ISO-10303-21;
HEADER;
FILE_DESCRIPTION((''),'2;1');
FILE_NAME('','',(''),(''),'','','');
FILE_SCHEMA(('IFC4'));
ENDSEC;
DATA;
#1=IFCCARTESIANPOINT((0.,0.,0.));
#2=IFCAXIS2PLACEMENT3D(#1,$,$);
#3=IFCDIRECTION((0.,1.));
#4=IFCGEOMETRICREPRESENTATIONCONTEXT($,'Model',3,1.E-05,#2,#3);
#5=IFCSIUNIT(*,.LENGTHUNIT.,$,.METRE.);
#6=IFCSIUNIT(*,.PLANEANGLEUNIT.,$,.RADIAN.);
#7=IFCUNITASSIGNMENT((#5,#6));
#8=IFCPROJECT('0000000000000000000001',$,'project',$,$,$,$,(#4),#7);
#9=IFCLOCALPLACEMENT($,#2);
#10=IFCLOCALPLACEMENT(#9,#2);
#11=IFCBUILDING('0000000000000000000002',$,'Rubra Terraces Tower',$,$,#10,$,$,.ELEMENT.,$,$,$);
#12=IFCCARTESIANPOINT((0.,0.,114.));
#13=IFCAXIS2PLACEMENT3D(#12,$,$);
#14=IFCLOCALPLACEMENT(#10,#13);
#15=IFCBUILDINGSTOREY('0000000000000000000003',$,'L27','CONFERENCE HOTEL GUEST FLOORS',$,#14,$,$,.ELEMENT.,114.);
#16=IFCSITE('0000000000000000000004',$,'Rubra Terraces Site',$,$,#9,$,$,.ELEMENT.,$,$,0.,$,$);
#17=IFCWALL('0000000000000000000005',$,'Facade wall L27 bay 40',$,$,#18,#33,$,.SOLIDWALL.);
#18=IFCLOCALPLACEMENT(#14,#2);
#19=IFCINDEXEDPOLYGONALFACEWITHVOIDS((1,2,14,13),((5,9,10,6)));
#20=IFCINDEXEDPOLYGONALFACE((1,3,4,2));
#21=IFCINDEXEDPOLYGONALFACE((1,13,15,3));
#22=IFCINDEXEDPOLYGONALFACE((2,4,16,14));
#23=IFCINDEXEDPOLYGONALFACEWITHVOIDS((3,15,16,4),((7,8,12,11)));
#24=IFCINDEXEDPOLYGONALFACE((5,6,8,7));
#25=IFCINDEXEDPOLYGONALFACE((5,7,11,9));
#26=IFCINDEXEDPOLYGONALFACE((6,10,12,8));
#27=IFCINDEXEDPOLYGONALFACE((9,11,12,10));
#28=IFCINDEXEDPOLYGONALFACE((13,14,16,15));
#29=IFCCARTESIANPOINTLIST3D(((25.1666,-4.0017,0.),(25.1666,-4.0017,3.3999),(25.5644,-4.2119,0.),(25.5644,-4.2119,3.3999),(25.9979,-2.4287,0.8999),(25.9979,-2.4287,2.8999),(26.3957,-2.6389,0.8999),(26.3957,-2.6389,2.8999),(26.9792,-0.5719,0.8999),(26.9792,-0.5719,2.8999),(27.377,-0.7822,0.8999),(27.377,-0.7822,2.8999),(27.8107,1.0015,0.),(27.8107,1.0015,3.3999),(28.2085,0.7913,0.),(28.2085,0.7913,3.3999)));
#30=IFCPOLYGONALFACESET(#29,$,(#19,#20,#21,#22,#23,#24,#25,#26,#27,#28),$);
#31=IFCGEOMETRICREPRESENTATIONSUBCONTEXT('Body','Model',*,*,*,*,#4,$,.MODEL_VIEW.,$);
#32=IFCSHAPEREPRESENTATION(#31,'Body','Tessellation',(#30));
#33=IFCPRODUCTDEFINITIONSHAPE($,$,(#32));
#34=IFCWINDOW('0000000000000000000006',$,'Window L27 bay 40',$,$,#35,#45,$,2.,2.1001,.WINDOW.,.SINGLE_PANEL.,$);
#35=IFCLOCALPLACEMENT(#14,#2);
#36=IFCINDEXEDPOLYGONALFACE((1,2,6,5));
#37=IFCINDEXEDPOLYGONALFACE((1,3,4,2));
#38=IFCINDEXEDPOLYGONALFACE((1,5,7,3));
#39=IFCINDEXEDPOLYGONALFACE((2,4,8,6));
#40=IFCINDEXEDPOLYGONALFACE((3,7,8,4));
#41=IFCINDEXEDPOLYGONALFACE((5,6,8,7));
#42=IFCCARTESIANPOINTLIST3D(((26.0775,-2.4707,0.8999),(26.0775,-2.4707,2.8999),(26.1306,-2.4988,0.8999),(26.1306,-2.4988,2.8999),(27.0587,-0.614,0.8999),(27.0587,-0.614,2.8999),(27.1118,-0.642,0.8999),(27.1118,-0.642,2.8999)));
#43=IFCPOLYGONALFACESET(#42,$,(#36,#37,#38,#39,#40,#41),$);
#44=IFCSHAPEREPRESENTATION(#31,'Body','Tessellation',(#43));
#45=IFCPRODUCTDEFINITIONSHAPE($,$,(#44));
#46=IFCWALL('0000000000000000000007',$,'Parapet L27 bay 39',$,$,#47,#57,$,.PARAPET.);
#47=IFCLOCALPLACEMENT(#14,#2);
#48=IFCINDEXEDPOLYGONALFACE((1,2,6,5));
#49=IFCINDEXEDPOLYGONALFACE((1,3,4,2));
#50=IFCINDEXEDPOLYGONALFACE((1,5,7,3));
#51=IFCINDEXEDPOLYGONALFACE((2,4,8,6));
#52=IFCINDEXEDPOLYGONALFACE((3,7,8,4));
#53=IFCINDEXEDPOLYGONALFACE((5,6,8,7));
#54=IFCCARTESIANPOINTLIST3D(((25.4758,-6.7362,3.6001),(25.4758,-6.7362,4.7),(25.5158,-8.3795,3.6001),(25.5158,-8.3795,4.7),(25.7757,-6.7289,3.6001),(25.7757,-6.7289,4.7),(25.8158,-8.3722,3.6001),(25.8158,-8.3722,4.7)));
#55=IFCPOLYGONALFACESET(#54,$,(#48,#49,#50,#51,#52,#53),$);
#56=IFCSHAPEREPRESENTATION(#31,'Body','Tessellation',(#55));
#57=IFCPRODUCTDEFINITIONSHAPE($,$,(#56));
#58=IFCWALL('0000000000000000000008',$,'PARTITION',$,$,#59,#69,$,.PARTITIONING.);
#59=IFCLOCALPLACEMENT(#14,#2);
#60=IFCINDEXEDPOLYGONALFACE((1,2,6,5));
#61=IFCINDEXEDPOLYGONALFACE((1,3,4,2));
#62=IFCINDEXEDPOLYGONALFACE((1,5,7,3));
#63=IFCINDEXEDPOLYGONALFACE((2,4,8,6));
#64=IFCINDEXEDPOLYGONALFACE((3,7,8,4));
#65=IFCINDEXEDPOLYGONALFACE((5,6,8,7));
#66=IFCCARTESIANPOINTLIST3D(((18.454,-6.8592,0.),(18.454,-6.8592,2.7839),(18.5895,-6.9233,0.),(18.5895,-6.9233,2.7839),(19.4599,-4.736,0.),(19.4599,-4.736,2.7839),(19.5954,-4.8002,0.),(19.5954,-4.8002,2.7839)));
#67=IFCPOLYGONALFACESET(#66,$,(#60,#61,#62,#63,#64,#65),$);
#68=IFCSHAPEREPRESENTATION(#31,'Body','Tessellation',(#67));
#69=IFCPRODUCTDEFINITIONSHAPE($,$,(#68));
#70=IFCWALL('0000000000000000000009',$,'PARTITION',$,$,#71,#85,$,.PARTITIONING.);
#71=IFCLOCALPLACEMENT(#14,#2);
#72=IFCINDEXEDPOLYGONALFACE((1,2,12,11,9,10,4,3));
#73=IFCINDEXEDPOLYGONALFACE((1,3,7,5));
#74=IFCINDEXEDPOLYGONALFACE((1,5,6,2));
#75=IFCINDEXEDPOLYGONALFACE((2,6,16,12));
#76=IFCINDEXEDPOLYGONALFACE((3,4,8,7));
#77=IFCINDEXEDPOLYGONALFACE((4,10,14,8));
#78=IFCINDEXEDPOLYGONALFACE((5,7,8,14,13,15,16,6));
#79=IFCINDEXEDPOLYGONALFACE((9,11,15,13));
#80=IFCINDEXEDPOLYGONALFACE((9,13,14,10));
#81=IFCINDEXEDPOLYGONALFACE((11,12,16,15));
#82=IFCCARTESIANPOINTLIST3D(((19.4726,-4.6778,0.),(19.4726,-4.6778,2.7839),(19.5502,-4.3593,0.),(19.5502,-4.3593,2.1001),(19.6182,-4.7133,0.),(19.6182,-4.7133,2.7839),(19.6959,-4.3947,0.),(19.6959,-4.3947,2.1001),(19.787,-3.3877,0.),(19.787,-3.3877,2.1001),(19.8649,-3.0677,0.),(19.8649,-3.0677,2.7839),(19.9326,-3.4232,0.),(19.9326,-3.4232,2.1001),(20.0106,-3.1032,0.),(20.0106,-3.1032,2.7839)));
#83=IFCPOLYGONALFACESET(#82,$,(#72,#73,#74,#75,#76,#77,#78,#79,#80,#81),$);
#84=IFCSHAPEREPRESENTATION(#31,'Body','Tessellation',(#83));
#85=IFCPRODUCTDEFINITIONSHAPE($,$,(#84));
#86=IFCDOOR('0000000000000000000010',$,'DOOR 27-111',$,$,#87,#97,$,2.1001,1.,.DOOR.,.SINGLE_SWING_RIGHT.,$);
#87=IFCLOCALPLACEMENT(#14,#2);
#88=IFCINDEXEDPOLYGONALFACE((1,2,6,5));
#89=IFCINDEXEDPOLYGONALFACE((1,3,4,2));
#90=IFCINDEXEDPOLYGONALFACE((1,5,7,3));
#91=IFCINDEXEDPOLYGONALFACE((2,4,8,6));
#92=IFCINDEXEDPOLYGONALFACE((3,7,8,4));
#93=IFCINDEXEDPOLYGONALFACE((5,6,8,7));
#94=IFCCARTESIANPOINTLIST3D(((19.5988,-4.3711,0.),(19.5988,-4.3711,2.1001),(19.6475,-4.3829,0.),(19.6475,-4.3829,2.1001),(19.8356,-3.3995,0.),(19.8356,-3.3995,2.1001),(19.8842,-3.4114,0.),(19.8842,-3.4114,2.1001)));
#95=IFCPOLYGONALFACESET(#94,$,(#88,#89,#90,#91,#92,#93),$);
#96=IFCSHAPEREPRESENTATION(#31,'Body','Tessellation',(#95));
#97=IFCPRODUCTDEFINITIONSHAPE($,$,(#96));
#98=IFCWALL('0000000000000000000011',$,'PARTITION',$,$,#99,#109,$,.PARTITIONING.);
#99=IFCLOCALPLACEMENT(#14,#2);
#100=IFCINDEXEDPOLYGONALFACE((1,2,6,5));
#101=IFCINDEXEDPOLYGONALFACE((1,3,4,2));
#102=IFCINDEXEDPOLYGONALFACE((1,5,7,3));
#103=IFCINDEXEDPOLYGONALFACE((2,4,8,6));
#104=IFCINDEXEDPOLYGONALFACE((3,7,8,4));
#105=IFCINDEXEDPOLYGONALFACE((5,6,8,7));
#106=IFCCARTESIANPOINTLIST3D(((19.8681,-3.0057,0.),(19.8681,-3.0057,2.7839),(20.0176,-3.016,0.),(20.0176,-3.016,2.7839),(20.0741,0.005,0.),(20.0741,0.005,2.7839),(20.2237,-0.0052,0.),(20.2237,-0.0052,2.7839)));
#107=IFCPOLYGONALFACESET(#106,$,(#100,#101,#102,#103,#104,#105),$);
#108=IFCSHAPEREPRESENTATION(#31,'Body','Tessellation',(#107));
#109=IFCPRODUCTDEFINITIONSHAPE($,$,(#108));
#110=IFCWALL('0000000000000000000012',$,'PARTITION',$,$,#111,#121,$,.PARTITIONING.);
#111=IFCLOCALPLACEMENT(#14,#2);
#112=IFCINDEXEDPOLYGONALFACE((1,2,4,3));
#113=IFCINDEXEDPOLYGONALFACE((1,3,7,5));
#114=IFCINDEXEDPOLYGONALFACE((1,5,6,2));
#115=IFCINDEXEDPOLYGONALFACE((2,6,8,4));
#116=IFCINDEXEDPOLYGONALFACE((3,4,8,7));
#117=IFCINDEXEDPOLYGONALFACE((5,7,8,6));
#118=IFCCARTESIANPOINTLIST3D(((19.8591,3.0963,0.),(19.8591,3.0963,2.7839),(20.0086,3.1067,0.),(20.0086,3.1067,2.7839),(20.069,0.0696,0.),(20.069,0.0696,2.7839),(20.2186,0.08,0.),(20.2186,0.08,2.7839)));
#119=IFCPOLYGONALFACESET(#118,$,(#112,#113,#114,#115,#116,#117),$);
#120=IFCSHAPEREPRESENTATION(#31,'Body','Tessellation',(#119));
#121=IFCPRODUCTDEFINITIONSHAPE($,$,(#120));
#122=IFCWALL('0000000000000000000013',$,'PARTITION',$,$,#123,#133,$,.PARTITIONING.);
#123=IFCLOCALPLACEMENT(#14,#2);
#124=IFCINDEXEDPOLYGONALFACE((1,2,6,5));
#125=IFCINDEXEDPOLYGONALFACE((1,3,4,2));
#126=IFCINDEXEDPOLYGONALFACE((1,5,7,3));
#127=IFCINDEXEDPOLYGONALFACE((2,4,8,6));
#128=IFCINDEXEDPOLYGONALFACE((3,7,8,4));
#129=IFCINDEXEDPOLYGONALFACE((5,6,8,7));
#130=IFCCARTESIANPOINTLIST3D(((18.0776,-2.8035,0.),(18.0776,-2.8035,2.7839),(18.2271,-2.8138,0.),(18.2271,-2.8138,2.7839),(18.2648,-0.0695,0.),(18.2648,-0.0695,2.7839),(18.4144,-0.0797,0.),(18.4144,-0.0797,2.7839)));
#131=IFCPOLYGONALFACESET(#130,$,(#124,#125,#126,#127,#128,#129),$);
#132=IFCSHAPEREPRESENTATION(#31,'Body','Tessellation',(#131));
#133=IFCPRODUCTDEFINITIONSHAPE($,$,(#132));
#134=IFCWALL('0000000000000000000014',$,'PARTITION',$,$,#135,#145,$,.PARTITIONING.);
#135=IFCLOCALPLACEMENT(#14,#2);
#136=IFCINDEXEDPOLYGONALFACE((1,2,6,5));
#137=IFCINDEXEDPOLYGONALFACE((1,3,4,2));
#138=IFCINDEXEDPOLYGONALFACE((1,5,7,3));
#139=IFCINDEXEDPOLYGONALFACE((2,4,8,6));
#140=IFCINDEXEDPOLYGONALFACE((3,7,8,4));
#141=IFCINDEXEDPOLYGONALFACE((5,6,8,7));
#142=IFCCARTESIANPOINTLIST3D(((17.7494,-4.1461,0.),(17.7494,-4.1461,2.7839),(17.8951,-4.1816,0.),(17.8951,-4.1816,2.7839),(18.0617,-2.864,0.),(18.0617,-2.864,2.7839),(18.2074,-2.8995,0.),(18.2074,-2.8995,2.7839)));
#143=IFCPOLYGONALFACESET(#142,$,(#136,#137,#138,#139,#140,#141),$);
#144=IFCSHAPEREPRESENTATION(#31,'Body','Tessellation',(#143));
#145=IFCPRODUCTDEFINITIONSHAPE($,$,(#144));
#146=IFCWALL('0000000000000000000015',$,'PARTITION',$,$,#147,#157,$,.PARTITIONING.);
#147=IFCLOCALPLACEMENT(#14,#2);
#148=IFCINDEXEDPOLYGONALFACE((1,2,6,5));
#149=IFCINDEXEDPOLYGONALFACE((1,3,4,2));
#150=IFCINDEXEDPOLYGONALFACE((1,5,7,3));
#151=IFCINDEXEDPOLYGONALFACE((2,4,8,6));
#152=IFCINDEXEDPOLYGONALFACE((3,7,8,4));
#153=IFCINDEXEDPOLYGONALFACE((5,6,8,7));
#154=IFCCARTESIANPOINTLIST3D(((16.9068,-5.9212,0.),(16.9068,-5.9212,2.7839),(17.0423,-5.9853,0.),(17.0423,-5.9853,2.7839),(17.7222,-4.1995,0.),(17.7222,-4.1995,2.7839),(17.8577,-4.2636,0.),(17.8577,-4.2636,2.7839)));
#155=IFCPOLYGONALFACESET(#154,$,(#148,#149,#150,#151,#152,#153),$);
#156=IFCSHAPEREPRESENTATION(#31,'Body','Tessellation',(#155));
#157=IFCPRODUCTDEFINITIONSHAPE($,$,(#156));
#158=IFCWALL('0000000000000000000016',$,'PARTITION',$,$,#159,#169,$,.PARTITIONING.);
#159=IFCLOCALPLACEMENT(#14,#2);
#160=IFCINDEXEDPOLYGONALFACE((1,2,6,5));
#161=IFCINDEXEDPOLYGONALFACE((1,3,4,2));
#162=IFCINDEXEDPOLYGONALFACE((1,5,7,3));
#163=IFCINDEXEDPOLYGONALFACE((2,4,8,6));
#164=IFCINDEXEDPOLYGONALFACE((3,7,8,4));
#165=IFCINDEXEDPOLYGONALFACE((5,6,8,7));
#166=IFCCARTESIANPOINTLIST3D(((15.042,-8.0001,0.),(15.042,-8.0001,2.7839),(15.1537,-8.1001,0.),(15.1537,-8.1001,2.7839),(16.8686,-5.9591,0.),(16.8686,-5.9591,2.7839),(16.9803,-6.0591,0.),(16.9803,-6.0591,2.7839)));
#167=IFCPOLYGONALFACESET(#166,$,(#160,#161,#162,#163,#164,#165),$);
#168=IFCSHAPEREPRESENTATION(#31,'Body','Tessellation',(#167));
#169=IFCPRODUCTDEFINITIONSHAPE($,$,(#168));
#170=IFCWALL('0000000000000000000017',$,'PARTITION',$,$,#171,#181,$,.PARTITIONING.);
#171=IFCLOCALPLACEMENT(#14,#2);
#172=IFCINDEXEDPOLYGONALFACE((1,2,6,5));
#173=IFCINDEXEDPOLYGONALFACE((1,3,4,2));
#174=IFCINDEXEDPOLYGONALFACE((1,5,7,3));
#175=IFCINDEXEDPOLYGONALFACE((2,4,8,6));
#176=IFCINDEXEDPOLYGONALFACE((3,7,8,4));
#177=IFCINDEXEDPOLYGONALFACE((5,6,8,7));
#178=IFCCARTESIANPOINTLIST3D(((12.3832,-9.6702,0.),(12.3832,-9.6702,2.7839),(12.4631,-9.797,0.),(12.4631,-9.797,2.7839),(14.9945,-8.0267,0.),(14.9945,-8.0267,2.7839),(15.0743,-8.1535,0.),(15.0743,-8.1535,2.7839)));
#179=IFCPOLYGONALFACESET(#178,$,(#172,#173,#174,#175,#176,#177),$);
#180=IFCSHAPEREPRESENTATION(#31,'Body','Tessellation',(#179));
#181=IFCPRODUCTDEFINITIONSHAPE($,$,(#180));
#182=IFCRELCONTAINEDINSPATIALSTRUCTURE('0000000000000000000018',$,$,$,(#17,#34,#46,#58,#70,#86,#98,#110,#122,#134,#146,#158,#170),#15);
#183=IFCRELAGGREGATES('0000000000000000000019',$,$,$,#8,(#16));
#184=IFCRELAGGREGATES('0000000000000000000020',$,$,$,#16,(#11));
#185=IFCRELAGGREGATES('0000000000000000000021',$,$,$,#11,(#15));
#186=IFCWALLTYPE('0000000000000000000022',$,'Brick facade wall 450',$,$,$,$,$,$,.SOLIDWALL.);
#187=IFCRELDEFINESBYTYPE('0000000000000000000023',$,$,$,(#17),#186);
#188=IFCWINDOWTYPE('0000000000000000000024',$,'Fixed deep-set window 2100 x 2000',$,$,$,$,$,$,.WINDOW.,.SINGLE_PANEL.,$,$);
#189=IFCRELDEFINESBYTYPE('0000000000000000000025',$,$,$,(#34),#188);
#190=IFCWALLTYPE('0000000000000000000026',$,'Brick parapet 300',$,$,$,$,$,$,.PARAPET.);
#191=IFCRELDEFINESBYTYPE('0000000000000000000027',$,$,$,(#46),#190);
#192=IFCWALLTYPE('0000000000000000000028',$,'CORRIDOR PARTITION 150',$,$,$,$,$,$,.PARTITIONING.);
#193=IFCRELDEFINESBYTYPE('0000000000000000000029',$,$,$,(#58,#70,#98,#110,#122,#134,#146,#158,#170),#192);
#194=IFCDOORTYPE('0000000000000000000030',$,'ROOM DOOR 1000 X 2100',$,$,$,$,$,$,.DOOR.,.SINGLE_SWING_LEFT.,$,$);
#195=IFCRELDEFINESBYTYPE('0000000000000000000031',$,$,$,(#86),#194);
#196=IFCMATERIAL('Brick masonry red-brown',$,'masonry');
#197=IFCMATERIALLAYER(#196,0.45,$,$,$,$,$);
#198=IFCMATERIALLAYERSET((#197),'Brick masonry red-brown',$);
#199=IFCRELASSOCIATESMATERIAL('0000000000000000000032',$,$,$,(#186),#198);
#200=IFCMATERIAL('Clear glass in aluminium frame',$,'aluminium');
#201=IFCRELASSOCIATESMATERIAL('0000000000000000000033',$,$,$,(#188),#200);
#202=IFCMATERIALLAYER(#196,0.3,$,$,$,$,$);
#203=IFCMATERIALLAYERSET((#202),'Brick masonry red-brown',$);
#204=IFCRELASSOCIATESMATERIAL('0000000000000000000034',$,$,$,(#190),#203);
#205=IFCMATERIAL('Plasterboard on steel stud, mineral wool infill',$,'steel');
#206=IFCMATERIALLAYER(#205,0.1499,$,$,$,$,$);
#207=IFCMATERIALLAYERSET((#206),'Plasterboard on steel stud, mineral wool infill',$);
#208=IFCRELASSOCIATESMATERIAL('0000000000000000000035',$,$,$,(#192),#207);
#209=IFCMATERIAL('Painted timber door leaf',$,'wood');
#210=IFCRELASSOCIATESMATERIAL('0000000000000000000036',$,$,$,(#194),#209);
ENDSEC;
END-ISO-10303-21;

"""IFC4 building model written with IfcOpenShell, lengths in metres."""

from ifc_helpers import new_model, si_unit, direction, frame, frame_2d, origin, place, context, subcontext, project, spatial, rectangle, extrude, material, layer, layer_set, type_object, element, fill, save


model = new_model("IFC4")

# Units and contexts
model_context = context("Model", 3, precision=1e-05, world=origin(), true_north=direction((0.0, 1.0)))
body_context = subcontext(model_context, "Body", "Model", "MODEL_VIEW")
ifc_project = project(units=[si_unit("LENGTHUNIT", "METRE"), si_unit("PLANEANGLEUNIT", "RADIAN")], contexts=[model_context])

# Site, building, storey
site_placement = place(None, origin())
site = spatial("IfcSite", under=ifc_project, at=site_placement, Name="Rubra Terraces Site", CompositionType="ELEMENT", RefElevation=0.0)
building_placement = place(site_placement, origin())
building = spatial("IfcBuilding", under=site, at=building_placement, Name="Rubra Terraces Tower", CompositionType="ELEMENT")
storey_placement = place(building_placement, frame((0.0, 0.0, 114.0)))
storey = spatial("IfcBuildingStorey", under=building, at=storey_placement, Name="L27", Description="CONFERENCE HOTEL GUEST FLOORS", CompositionType="ELEMENT", Elevation=114.0)

# Wall, opening, window
ifc_material_1 = material(Name="Brick masonry red-brown", Category="masonry")
ifc_layer_1 = layer(ifc_material_1, 0.45)
ifc_layer_set_1 = layer_set([ifc_layer_1], Name="Brick masonry red-brown")
wall_type_1 = type_object("IfcWallType", Name="Brick facade wall 450", PredefinedType="SOLIDWALL", material=ifc_layer_set_1)
ifc_material_2 = material(Name="Clear glass in aluminium frame", Category="aluminium")
window_type = type_object("IfcWindowType", Name="Fixed deep-set window 2100 x 2000", PartitioningType="SINGLE_PANEL", PredefinedType="WINDOW", material=ifc_material_2)
wall_1_placement = place(storey_placement, frame((25.3655, -4.1069, 0.0), z_axis=(0.0, 0.0, 1.0), x_axis=(0.467239, 0.884131, 0.0)))
wall_1 = element("IfcWall", 1, at=wall_1_placement, inside=storey, type_object=wall_type_1, Name="Facade wall L27 bay 40", PredefinedType="SOLIDWALL", context=body_context, shape_type="SweptSolid", body=[
    extrude(rectangle(XDim=5.6589, YDim=0.45, at=frame_2d((2.8296, 0.0))), origin(), (0.0, 0.0, 1.0), 3.3999),
])
opening_1_placement = place(wall_1_placement, frame((1.7793, 0.0, 0.8999)))
opening_1 = element("IfcOpeningElement", 2, at=opening_1_placement, cuts=wall_1, PredefinedType="OPENING", context=body_context, shape_type="SweptSolid", body=[
    extrude(rectangle(XDim=2.1001, YDim=2.0, at=frame_2d((1.05, 1.0))), frame((0.0, 0.2349, 0.0), z_axis=(0.0, -1.0, 0.0), x_axis=(1.0, 0.0, 0.0)), (0.0, 0.0, 1.0), 0.47),
])
window_1_placement = place(opening_1_placement, origin())
window_1 = element("IfcWindow", 3, at=window_1_placement, inside=storey, type_object=window_type, Name="Window L27 bay 40", OverallHeight=2.0, OverallWidth=2.1001, PartitioningType="SINGLE_PANEL", PredefinedType="WINDOW", context=body_context, shape_type="SweptSolid", body=[
    extrude(rectangle(XDim=2.1001, YDim=2.0, at=frame_2d((1.05, 1.0))), frame((0.0, 0.135, 0.0), z_axis=(0.0, -1.0, 0.0), x_axis=(1.0, 0.0, 0.0)), (0.0, 0.0, 1.0), 0.0601),
])
fill(opening_1, window_1)

# Walls
ifc_layer_2 = layer(ifc_material_1, 0.3)
ifc_layer_set_2 = layer_set([ifc_layer_2], Name="Brick masonry red-brown")
wall_type_2 = type_object("IfcWallType", Name="Brick parapet 300", PredefinedType="PARAPET", material=ifc_layer_set_2)
wall_2_placement = place(storey_placement, frame((25.6658, -8.3757, 3.6001), z_axis=(0.0, 0.0, 1.0), x_axis=(-0.024358, 0.999703, 0.0)))
element("IfcWall", 4, at=wall_2_placement, inside=storey, type_object=wall_type_2, Name="Parapet L27 bay 39", PredefinedType="PARAPET", context=body_context, shape_type="SweptSolid", body=[
    extrude(rectangle(XDim=1.6438, YDim=0.3, at=frame_2d((0.8218, 0.0))), origin(), (0.0, 0.0, 1.0), 1.0999),
])
ifc_material_3 = material(Name="Plasterboard on steel stud, mineral wool infill", Category="steel")
ifc_layer_3 = layer(ifc_material_3, 0.1499)
ifc_layer_set_3 = layer_set([ifc_layer_3], Name="Plasterboard on steel stud, mineral wool infill")
wall_type_3 = type_object("IfcWallType", Name="CORRIDOR PARTITION 150", PredefinedType="PARTITIONING", material=ifc_layer_set_3)
wall_3_placement = place(storey_placement, frame((18.5217, -6.8914, 0.0), z_axis=(0.0, 0.0, 1.0), x_axis=(0.428158, 0.903704, 0.0)))
element("IfcWall", 5, at=wall_3_placement, inside=storey, type_object=wall_type_3, Name="PARTITION", PredefinedType="PARTITIONING", context=body_context, shape_type="SweptSolid", body=[
    extrude(rectangle(XDim=2.3494, YDim=0.1499, at=frame_2d((1.1748, 0.0))), origin(), (0.0, 0.0, 1.0), 2.7839),
])

# Wall, opening, door
wall_4_placement = place(storey_placement, frame((19.5454, -4.6956, 0.0), z_axis=(0.0, 0.0, 1.0), x_axis=(0.236743, 0.971572, 0.0)))
wall_4 = element("IfcWall", 6, at=wall_4_placement, inside=storey, type_object=wall_type_3, Name="PARTITION", PredefinedType="PARTITIONING", context=body_context, shape_type="SweptSolid", body=[
    extrude(rectangle(XDim=1.6572, YDim=0.1499, at=frame_2d((0.8286, 0.0))), origin(), (0.0, 0.0, 1.0), 2.7839),
])
opening_2_placement = place(wall_4_placement, frame((0.3279, 0.0, 0.0)))
opening_2 = element("IfcOpeningElement", 7, at=opening_2_placement, cuts=wall_4, PredefinedType="OPENING", context=body_context, shape_type="SweptSolid", body=[
    extrude(rectangle(XDim=1.0, YDim=2.1001, at=frame_2d((0.5, 1.05))), frame((0.0, 0.085, 0.0), z_axis=(0.0, -1.0, 0.0), x_axis=(1.0, 0.0, 0.0)), (0.0, 0.0, 1.0), 0.1699),
])
ifc_material_4 = material(Name="Painted timber door leaf", Category="wood")
door_type_1 = type_object("IfcDoorType", Name="ROOM DOOR 1000 X 2100", OperationType="SINGLE_SWING_LEFT", PredefinedType="DOOR", material=ifc_material_4)
door_1_placement = place(opening_2_placement, origin())
door_1 = element("IfcDoor", 8, at=door_1_placement, inside=storey, type_object=door_type_1, Name="DOOR 27-111", OperationType="SINGLE_SWING_RIGHT", OverallHeight=2.1001, OverallWidth=1.0, PredefinedType="DOOR", context=body_context, shape_type="SweptSolid", body=[
    extrude(rectangle(XDim=1.0, YDim=2.1001, at=frame_2d((0.5, 1.05))), frame((0.0, 0.0249, 0.0), z_axis=(0.0, -1.0, 0.0), x_axis=(1.0, 0.0, 0.0)), (0.0, 0.0, 1.0), 0.05),
])
fill(opening_2, door_1)

# Walls
wall_5_placement = place(storey_placement, frame((19.9429, -3.0107, 0.0), z_axis=(0.0, 0.0, 1.0), x_axis=(0.06828, 0.997666, 0.0)))
element("IfcWall", 9, at=wall_5_placement, inside=storey, type_object=wall_type_3, Name="PARTITION", PredefinedType="PARTITIONING", context=body_context, shape_type="SweptSolid", body=[
    extrude(rectangle(XDim=3.0178, YDim=0.1499, at=frame_2d((1.5088, 0.0))), origin(), (0.0, 0.0, 1.0), 2.7839),
])
wall_6_placement = place(storey_placement, frame((20.1438, 0.0747, 0.0), z_axis=(0.0, 0.0, 1.0), x_axis=(-0.069205, 0.997602, 0.0)))
element("IfcWall", 10, at=wall_6_placement, inside=storey, type_object=wall_type_3, Name="PARTITION", PredefinedType="PARTITIONING", context=body_context, shape_type="SweptSolid", body=[
    extrude(rectangle(XDim=3.0339, YDim=0.1499, at=frame_2d((1.5171, 0.0))), origin(), (0.0, 0.0, 1.0), 2.7839),
])
wall_7_placement = place(storey_placement, frame((18.3396, -0.0747, 0.0), z_axis=(0.0, 0.0, 1.0), x_axis=(-0.068328, -0.997663, 0.0)))
element("IfcWall", 11, at=wall_7_placement, inside=storey, type_object=wall_type_3, Name="PARTITION", PredefinedType="PARTITIONING", context=body_context, shape_type="SweptSolid", body=[
    extrude(rectangle(XDim=2.7405, YDim=0.1499, at=frame_2d((1.3701, 0.0))), origin(), (0.0, 0.0, 1.0), 2.7839),
])
wall_8_placement = place(storey_placement, frame((18.1345, -2.8818, 0.0), z_axis=(0.0, 0.0, 1.0), x_axis=(-0.236654, -0.971594, 0.0)))
element("IfcWall", 12, at=wall_8_placement, inside=storey, type_object=wall_type_3, Name="PARTITION", PredefinedType="PARTITIONING", context=body_context, shape_type="SweptSolid", body=[
    extrude(rectangle(XDim=1.3196, YDim=0.1499, at=frame_2d((0.6597, 0.0))), origin(), (0.0, 0.0, 1.0), 2.7839),
])
wall_9_placement = place(storey_placement, frame((17.79, -4.2314, 0.0), z_axis=(0.0, 0.0, 1.0), x_axis=(-0.428042, -0.903759, 0.0)))
element("IfcWall", 13, at=wall_9_placement, inside=storey, type_object=wall_type_3, Name="PARTITION", PredefinedType="PARTITIONING", context=body_context, shape_type="SweptSolid", body=[
    extrude(rectangle(XDim=1.905, YDim=0.1499, at=frame_2d((0.9526, 0.0))), origin(), (0.0, 0.0, 1.0), 2.7839),
])
wall_10_placement = place(storey_placement, frame((16.9246, -6.009, 0.0), z_axis=(0.0, 0.0, 1.0), x_axis=(-0.666894, -0.745153, 0.0)))
element("IfcWall", 14, at=wall_10_placement, inside=storey, type_object=wall_type_3, Name="PARTITION", PredefinedType="PARTITIONING", context=body_context, shape_type="SweptSolid", body=[
    extrude(rectangle(XDim=2.739, YDim=0.1499, at=frame_2d((1.3696, 0.0))), origin(), (0.0, 0.0, 1.0), 2.7839),
])
wall_11_placement = place(storey_placement, frame((15.0344, -8.0901, 0.0), z_axis=(0.0, 0.0, 1.0), x_axis=(-0.846323, -0.532671, 0.0)))
element("IfcWall", 15, at=wall_11_placement, inside=storey, type_object=wall_type_3, Name="PARTITION", PredefinedType="PARTITIONING", context=body_context, shape_type="SweptSolid", body=[
    extrude(rectangle(XDim=3.0854, YDim=0.1499, at=frame_2d((1.5427, 0.0))), origin(), (0.0, 0.0, 1.0), 2.7839),
])

save(model, "model.ifc")
